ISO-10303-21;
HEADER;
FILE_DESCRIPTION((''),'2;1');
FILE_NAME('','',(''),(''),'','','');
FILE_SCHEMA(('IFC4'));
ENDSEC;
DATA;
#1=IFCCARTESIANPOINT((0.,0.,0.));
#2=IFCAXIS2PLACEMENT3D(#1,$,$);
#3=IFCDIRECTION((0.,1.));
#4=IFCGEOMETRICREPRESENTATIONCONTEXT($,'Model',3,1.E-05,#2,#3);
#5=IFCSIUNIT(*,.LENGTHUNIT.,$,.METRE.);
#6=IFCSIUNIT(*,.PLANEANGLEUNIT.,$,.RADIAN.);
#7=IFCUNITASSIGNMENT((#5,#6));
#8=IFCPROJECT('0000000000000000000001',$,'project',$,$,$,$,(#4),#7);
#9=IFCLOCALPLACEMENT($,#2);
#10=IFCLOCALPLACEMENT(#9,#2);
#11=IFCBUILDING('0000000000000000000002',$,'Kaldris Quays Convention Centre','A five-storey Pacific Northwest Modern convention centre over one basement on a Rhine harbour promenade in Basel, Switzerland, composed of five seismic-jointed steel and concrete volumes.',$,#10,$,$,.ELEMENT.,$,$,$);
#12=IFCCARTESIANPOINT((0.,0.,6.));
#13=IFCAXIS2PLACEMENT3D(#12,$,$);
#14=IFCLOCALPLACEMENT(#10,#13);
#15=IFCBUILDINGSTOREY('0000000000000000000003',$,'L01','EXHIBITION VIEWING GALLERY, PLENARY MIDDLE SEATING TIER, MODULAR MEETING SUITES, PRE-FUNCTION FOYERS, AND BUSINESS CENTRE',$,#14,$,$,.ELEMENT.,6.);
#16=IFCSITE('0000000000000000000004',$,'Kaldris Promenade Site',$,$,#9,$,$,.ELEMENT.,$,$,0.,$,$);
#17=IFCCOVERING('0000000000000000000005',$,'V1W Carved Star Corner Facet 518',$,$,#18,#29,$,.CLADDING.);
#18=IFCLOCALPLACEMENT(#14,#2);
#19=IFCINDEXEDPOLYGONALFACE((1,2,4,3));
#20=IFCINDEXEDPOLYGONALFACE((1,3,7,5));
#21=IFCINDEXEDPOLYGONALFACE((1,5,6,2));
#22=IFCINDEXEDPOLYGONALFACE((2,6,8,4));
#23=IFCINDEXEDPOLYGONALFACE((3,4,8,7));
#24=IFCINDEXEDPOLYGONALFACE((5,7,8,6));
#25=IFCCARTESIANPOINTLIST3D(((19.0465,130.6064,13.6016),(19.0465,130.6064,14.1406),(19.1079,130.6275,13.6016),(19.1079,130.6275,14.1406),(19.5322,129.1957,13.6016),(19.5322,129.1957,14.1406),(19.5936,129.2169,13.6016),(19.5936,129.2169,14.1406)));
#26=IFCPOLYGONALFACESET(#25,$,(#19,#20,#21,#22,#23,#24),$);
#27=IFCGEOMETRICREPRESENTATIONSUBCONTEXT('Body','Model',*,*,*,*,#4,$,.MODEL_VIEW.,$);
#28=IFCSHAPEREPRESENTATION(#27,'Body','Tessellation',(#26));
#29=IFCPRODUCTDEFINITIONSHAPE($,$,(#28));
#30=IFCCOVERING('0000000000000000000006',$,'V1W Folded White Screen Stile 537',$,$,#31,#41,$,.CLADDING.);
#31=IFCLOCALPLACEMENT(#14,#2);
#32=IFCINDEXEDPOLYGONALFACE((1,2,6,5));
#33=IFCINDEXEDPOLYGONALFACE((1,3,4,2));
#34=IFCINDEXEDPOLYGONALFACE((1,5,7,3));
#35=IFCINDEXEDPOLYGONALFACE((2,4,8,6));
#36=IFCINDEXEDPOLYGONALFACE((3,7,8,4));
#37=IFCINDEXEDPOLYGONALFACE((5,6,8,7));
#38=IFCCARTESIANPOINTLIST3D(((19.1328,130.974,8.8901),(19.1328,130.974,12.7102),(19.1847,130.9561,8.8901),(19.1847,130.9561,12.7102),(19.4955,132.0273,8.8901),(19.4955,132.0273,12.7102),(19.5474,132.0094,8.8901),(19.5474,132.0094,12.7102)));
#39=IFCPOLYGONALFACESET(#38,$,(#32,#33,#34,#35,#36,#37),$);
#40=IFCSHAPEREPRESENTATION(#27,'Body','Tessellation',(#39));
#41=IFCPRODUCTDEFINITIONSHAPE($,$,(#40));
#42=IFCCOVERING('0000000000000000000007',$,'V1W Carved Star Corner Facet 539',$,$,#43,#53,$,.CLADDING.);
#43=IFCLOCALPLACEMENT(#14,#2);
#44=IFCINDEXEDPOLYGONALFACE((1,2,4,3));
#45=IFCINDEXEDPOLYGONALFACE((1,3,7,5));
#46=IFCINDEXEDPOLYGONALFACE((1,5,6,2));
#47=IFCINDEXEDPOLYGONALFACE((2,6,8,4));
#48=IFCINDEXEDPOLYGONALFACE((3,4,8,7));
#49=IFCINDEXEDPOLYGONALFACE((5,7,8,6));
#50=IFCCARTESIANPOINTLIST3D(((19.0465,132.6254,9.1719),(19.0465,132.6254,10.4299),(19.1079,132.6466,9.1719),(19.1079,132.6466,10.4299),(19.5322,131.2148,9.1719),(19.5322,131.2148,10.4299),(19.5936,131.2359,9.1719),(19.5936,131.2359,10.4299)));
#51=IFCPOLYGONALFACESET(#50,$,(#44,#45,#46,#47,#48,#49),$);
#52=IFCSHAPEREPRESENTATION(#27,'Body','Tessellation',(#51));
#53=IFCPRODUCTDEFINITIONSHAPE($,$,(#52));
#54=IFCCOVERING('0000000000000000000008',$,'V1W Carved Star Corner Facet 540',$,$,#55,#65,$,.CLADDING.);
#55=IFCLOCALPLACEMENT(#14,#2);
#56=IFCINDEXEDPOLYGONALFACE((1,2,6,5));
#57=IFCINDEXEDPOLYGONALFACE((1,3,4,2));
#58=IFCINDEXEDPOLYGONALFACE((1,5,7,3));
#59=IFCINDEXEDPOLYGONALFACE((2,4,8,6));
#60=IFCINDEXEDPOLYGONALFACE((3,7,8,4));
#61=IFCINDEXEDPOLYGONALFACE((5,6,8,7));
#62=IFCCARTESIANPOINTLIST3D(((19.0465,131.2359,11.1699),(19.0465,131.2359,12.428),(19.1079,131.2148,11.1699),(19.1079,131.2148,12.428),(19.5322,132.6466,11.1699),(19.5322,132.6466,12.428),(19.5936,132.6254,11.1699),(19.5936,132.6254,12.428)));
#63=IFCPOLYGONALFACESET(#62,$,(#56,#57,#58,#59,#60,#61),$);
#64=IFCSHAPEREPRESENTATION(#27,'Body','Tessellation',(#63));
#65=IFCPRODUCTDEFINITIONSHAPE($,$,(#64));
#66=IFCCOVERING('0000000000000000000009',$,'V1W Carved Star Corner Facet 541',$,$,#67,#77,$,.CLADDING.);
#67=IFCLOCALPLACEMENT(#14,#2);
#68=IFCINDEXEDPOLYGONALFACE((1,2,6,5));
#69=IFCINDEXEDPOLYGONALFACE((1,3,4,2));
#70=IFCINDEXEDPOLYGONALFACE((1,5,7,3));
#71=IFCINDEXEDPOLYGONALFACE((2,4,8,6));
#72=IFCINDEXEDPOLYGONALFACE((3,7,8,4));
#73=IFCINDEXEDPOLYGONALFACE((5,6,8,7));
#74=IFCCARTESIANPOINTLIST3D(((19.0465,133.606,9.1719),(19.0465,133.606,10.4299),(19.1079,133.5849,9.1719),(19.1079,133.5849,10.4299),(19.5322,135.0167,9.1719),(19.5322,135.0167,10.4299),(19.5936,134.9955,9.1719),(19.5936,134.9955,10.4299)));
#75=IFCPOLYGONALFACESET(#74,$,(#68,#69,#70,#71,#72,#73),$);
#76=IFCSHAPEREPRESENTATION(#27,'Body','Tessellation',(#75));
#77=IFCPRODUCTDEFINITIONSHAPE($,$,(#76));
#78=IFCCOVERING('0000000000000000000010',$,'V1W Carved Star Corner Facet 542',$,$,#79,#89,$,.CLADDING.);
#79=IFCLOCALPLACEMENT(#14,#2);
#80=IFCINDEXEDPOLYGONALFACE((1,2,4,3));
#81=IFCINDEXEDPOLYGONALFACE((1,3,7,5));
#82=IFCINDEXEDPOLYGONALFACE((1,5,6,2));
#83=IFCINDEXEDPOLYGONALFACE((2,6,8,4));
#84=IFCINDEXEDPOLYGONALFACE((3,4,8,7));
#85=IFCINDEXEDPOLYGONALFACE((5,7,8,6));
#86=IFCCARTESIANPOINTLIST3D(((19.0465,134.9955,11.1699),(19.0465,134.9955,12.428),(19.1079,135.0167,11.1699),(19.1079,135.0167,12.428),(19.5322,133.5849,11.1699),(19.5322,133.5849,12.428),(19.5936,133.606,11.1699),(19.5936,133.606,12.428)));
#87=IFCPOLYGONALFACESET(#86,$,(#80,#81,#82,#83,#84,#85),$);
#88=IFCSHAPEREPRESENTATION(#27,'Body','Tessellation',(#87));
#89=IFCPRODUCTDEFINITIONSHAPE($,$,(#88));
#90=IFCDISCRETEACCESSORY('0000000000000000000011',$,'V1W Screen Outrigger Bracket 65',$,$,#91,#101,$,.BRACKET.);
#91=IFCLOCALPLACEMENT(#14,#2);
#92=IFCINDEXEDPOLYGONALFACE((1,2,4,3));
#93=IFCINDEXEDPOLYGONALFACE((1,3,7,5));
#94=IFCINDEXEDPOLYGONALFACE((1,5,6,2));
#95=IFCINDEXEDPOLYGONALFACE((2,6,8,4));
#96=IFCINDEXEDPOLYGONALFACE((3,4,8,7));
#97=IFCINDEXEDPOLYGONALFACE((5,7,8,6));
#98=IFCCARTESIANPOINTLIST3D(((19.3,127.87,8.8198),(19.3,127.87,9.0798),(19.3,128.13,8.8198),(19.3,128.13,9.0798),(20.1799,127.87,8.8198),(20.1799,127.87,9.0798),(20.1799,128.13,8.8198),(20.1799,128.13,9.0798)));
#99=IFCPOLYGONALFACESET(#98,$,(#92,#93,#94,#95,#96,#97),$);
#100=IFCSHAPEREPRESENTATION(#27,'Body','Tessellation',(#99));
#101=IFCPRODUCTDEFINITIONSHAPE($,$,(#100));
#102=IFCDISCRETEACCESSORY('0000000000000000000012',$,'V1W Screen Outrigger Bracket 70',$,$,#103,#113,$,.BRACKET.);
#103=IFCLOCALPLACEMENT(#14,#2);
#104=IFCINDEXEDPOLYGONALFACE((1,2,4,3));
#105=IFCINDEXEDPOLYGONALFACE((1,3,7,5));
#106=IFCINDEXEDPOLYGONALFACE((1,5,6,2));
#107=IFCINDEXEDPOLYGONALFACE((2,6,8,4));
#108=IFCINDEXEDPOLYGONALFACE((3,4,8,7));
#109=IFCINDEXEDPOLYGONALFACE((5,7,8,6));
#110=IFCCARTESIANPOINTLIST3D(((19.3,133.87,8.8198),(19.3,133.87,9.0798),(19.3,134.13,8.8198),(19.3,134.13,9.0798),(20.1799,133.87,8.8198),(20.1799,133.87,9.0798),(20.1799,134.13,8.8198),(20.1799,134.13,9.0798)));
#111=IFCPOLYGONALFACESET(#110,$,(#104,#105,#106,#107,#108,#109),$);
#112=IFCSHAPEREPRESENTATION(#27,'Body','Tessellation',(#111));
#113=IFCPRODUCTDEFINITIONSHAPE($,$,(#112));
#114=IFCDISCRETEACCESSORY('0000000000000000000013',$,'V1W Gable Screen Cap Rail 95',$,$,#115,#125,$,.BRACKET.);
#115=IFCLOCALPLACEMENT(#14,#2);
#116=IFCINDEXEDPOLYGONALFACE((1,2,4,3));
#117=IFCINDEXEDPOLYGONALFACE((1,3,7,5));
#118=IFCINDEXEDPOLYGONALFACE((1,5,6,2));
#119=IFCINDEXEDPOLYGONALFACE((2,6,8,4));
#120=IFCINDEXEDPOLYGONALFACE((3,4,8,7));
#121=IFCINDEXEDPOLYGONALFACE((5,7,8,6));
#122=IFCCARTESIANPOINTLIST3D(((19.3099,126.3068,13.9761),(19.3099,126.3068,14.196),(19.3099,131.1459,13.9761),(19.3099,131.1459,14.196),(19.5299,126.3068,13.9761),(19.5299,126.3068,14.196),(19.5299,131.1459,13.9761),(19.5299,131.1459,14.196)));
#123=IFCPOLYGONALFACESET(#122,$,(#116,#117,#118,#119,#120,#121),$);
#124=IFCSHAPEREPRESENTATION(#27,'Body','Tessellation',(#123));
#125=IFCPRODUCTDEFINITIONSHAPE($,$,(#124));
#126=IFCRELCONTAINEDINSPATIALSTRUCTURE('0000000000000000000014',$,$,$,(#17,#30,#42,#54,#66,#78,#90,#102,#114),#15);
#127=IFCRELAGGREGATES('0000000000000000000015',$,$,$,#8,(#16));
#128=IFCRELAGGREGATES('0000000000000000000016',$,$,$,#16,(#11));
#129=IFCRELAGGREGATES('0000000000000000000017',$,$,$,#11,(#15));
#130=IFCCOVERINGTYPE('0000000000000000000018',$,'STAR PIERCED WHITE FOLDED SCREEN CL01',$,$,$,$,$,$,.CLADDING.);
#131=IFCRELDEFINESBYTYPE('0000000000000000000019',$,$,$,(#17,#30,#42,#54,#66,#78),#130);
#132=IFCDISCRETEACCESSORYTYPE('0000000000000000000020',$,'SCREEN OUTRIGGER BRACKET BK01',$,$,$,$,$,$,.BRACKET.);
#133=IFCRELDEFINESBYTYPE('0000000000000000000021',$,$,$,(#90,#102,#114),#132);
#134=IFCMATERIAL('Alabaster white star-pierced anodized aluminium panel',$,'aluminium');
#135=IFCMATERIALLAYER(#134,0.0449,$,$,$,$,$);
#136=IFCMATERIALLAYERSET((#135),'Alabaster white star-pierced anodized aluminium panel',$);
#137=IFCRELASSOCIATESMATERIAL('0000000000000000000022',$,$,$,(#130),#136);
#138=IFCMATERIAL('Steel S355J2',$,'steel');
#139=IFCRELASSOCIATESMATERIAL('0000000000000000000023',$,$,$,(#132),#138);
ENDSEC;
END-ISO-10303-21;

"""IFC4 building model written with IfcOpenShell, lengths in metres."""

from ifc_helpers import new_model, si_unit, direction, frame, origin, origin_2d, place, context, subcontext, project, spatial, rectangle, extrude, material, layer, layer_set, type_object, element, save


model = new_model("IFC4")

# Units and contexts
model_context = context("Model", 3, precision=1e-05, world=origin(), true_north=direction((0.0, 1.0)))
body_context = subcontext(model_context, "Body", "Model", "MODEL_VIEW")
ifc_project = project(units=[si_unit("LENGTHUNIT", "METRE"), si_unit("PLANEANGLEUNIT", "RADIAN")], contexts=[model_context])

# Site, building, storey
site_placement = place(None, origin())
site = spatial("IfcSite", under=ifc_project, at=site_placement, Name="Kaldris Promenade Site", CompositionType="ELEMENT", RefElevation=0.0)
building_placement = place(site_placement, origin())
building = spatial("IfcBuilding", under=site, at=building_placement, Name="Kaldris Quays Convention Centre", Description="A five-storey Pacific Northwest Modern convention centre over one basement on a Rhine harbour promenade in Basel, Switzerland, composed of five seismic-jointed steel and concrete volumes.", CompositionType="ELEMENT")
storey_placement = place(building_placement, frame((0.0, 0.0, 6.0)))
storey = spatial("IfcBuildingStorey", under=building, at=storey_placement, Name="L01", Description="EXHIBITION VIEWING GALLERY, PLENARY MIDDLE SEATING TIER, MODULAR MEETING SUITES, PRE-FUNCTION FOYERS, AND BUSINESS CENTRE", CompositionType="ELEMENT", Elevation=6.0)

# Coverings
ifc_material_1 = material(Name="Alabaster white star-pierced anodized aluminium panel", Category="aluminium")
ifc_layer = layer(ifc_material_1, 0.0449)
ifc_layer_set = layer_set([ifc_layer], Name="Alabaster white star-pierced anodized aluminium panel")
covering_type = type_object("IfcCoveringType", Name="STAR PIERCED WHITE FOLDED SCREEN CL01", PredefinedType="CLADDING", material=ifc_layer_set)
for number, where, z_axis, x_axis, name in (
    (1, (19.3201, 129.9116, 13.6016), (0.0, 0.0, 1.0), (-0.325568, 0.945519, 0.0), "V1W Carved Star Corner Facet 518"),
):
    element("IfcCovering", number, at=place(storey_placement, frame(where, z_axis=z_axis, x_axis=x_axis)), inside=storey, type_object=covering_type, Name=name, PredefinedType="CLADDING", context=body_context, shape_type="SweptSolid", body=[
        extrude(rectangle(XDim=1.4919, YDim=0.0649, at=origin_2d()), origin(), (0.0, 0.0, 1.0), 0.5391),
    ])
covering_1_placement = place(storey_placement, frame((19.3401, 131.4917, 8.8901), z_axis=(0.0, 0.0, 1.0), x_axis=(0.325568, 0.945519, 0.0)))
element("IfcCovering", 2, at=covering_1_placement, inside=storey, type_object=covering_type, Name="V1W Folded White Screen Stile 537", PredefinedType="CLADDING", context=body_context, shape_type="SweptSolid", body=[
    extrude(rectangle(XDim=1.114, YDim=0.0549, at=origin_2d()), origin(), (0.0, 0.0, 1.0), 3.8201),
])
for number, where, z_axis, x_axis, name in (
    (3, (19.3201, 131.9307, 9.1719), (0.0, 0.0, 1.0), (-0.325568, 0.945519, 0.0), "V1W Carved Star Corner Facet 539"),
    (4, (19.3201, 131.9307, 11.1699), (0.0, 0.0, 1.0), (0.325568, 0.945519, 0.0), "V1W Carved Star Corner Facet 540"),
    (5, (19.3201, 134.3008, 9.1719), (0.0, 0.0, 1.0), (0.325568, 0.945519, 0.0), "V1W Carved Star Corner Facet 541"),
    (6, (19.3201, 134.3008, 11.1699), (0.0, 0.0, 1.0), (-0.325568, 0.945519, 0.0), "V1W Carved Star Corner Facet 542"),
):
    element("IfcCovering", number, at=place(storey_placement, frame(where, z_axis=z_axis, x_axis=x_axis)), inside=storey, type_object=covering_type, Name=name, PredefinedType="CLADDING", context=body_context, shape_type="SweptSolid", body=[
        extrude(rectangle(XDim=1.4919, YDim=0.0649, at=origin_2d()), origin(), (0.0, 0.0, 1.0), 1.2581),
    ])

# Discrete accessories
ifc_material_2 = material(Name="Steel S355J2", Category="steel")
discrete_accessory_type = type_object("IfcDiscreteAccessoryType", Name="SCREEN OUTRIGGER BRACKET BK01", PredefinedType="BRACKET", material=ifc_material_2)
for number, where, z_axis, x_axis, name in (
    (7, (19.74, 128.0, 8.8198), (0.0, 0.0, 1.0), (0.0, 1.0, 0.0), "V1W Screen Outrigger Bracket 65"),
    (8, (19.74, 134.0, 8.8198), (0.0, 0.0, 1.0), (0.0, 1.0, 0.0), "V1W Screen Outrigger Bracket 70"),
):
    element("IfcDiscreteAccessory", number, at=place(storey_placement, frame(where, z_axis=z_axis, x_axis=x_axis)), inside=storey, type_object=discrete_accessory_type, Name=name, PredefinedType="BRACKET", context=body_context, shape_type="SweptSolid", body=[
        extrude(rectangle(XDim=0.26, YDim=0.8799, at=origin_2d()), origin(), (0.0, 0.0, 1.0), 0.26),
    ])
discrete_accessory_placement = place(storey_placement, frame((19.4199, 128.7263, 13.9761), z_axis=(0.0, 0.0, 1.0), x_axis=(0.0, 1.0, 0.0)))
element("IfcDiscreteAccessory", 9, at=discrete_accessory_placement, inside=storey, type_object=discrete_accessory_type, Name="V1W Gable Screen Cap Rail 95", PredefinedType="BRACKET", context=body_context, shape_type="SweptSolid", body=[
    extrude(rectangle(XDim=4.8391, YDim=0.22, at=origin_2d()), origin(), (0.0, 0.0, 1.0), 0.22),
])

save(model, "model.ifc")
